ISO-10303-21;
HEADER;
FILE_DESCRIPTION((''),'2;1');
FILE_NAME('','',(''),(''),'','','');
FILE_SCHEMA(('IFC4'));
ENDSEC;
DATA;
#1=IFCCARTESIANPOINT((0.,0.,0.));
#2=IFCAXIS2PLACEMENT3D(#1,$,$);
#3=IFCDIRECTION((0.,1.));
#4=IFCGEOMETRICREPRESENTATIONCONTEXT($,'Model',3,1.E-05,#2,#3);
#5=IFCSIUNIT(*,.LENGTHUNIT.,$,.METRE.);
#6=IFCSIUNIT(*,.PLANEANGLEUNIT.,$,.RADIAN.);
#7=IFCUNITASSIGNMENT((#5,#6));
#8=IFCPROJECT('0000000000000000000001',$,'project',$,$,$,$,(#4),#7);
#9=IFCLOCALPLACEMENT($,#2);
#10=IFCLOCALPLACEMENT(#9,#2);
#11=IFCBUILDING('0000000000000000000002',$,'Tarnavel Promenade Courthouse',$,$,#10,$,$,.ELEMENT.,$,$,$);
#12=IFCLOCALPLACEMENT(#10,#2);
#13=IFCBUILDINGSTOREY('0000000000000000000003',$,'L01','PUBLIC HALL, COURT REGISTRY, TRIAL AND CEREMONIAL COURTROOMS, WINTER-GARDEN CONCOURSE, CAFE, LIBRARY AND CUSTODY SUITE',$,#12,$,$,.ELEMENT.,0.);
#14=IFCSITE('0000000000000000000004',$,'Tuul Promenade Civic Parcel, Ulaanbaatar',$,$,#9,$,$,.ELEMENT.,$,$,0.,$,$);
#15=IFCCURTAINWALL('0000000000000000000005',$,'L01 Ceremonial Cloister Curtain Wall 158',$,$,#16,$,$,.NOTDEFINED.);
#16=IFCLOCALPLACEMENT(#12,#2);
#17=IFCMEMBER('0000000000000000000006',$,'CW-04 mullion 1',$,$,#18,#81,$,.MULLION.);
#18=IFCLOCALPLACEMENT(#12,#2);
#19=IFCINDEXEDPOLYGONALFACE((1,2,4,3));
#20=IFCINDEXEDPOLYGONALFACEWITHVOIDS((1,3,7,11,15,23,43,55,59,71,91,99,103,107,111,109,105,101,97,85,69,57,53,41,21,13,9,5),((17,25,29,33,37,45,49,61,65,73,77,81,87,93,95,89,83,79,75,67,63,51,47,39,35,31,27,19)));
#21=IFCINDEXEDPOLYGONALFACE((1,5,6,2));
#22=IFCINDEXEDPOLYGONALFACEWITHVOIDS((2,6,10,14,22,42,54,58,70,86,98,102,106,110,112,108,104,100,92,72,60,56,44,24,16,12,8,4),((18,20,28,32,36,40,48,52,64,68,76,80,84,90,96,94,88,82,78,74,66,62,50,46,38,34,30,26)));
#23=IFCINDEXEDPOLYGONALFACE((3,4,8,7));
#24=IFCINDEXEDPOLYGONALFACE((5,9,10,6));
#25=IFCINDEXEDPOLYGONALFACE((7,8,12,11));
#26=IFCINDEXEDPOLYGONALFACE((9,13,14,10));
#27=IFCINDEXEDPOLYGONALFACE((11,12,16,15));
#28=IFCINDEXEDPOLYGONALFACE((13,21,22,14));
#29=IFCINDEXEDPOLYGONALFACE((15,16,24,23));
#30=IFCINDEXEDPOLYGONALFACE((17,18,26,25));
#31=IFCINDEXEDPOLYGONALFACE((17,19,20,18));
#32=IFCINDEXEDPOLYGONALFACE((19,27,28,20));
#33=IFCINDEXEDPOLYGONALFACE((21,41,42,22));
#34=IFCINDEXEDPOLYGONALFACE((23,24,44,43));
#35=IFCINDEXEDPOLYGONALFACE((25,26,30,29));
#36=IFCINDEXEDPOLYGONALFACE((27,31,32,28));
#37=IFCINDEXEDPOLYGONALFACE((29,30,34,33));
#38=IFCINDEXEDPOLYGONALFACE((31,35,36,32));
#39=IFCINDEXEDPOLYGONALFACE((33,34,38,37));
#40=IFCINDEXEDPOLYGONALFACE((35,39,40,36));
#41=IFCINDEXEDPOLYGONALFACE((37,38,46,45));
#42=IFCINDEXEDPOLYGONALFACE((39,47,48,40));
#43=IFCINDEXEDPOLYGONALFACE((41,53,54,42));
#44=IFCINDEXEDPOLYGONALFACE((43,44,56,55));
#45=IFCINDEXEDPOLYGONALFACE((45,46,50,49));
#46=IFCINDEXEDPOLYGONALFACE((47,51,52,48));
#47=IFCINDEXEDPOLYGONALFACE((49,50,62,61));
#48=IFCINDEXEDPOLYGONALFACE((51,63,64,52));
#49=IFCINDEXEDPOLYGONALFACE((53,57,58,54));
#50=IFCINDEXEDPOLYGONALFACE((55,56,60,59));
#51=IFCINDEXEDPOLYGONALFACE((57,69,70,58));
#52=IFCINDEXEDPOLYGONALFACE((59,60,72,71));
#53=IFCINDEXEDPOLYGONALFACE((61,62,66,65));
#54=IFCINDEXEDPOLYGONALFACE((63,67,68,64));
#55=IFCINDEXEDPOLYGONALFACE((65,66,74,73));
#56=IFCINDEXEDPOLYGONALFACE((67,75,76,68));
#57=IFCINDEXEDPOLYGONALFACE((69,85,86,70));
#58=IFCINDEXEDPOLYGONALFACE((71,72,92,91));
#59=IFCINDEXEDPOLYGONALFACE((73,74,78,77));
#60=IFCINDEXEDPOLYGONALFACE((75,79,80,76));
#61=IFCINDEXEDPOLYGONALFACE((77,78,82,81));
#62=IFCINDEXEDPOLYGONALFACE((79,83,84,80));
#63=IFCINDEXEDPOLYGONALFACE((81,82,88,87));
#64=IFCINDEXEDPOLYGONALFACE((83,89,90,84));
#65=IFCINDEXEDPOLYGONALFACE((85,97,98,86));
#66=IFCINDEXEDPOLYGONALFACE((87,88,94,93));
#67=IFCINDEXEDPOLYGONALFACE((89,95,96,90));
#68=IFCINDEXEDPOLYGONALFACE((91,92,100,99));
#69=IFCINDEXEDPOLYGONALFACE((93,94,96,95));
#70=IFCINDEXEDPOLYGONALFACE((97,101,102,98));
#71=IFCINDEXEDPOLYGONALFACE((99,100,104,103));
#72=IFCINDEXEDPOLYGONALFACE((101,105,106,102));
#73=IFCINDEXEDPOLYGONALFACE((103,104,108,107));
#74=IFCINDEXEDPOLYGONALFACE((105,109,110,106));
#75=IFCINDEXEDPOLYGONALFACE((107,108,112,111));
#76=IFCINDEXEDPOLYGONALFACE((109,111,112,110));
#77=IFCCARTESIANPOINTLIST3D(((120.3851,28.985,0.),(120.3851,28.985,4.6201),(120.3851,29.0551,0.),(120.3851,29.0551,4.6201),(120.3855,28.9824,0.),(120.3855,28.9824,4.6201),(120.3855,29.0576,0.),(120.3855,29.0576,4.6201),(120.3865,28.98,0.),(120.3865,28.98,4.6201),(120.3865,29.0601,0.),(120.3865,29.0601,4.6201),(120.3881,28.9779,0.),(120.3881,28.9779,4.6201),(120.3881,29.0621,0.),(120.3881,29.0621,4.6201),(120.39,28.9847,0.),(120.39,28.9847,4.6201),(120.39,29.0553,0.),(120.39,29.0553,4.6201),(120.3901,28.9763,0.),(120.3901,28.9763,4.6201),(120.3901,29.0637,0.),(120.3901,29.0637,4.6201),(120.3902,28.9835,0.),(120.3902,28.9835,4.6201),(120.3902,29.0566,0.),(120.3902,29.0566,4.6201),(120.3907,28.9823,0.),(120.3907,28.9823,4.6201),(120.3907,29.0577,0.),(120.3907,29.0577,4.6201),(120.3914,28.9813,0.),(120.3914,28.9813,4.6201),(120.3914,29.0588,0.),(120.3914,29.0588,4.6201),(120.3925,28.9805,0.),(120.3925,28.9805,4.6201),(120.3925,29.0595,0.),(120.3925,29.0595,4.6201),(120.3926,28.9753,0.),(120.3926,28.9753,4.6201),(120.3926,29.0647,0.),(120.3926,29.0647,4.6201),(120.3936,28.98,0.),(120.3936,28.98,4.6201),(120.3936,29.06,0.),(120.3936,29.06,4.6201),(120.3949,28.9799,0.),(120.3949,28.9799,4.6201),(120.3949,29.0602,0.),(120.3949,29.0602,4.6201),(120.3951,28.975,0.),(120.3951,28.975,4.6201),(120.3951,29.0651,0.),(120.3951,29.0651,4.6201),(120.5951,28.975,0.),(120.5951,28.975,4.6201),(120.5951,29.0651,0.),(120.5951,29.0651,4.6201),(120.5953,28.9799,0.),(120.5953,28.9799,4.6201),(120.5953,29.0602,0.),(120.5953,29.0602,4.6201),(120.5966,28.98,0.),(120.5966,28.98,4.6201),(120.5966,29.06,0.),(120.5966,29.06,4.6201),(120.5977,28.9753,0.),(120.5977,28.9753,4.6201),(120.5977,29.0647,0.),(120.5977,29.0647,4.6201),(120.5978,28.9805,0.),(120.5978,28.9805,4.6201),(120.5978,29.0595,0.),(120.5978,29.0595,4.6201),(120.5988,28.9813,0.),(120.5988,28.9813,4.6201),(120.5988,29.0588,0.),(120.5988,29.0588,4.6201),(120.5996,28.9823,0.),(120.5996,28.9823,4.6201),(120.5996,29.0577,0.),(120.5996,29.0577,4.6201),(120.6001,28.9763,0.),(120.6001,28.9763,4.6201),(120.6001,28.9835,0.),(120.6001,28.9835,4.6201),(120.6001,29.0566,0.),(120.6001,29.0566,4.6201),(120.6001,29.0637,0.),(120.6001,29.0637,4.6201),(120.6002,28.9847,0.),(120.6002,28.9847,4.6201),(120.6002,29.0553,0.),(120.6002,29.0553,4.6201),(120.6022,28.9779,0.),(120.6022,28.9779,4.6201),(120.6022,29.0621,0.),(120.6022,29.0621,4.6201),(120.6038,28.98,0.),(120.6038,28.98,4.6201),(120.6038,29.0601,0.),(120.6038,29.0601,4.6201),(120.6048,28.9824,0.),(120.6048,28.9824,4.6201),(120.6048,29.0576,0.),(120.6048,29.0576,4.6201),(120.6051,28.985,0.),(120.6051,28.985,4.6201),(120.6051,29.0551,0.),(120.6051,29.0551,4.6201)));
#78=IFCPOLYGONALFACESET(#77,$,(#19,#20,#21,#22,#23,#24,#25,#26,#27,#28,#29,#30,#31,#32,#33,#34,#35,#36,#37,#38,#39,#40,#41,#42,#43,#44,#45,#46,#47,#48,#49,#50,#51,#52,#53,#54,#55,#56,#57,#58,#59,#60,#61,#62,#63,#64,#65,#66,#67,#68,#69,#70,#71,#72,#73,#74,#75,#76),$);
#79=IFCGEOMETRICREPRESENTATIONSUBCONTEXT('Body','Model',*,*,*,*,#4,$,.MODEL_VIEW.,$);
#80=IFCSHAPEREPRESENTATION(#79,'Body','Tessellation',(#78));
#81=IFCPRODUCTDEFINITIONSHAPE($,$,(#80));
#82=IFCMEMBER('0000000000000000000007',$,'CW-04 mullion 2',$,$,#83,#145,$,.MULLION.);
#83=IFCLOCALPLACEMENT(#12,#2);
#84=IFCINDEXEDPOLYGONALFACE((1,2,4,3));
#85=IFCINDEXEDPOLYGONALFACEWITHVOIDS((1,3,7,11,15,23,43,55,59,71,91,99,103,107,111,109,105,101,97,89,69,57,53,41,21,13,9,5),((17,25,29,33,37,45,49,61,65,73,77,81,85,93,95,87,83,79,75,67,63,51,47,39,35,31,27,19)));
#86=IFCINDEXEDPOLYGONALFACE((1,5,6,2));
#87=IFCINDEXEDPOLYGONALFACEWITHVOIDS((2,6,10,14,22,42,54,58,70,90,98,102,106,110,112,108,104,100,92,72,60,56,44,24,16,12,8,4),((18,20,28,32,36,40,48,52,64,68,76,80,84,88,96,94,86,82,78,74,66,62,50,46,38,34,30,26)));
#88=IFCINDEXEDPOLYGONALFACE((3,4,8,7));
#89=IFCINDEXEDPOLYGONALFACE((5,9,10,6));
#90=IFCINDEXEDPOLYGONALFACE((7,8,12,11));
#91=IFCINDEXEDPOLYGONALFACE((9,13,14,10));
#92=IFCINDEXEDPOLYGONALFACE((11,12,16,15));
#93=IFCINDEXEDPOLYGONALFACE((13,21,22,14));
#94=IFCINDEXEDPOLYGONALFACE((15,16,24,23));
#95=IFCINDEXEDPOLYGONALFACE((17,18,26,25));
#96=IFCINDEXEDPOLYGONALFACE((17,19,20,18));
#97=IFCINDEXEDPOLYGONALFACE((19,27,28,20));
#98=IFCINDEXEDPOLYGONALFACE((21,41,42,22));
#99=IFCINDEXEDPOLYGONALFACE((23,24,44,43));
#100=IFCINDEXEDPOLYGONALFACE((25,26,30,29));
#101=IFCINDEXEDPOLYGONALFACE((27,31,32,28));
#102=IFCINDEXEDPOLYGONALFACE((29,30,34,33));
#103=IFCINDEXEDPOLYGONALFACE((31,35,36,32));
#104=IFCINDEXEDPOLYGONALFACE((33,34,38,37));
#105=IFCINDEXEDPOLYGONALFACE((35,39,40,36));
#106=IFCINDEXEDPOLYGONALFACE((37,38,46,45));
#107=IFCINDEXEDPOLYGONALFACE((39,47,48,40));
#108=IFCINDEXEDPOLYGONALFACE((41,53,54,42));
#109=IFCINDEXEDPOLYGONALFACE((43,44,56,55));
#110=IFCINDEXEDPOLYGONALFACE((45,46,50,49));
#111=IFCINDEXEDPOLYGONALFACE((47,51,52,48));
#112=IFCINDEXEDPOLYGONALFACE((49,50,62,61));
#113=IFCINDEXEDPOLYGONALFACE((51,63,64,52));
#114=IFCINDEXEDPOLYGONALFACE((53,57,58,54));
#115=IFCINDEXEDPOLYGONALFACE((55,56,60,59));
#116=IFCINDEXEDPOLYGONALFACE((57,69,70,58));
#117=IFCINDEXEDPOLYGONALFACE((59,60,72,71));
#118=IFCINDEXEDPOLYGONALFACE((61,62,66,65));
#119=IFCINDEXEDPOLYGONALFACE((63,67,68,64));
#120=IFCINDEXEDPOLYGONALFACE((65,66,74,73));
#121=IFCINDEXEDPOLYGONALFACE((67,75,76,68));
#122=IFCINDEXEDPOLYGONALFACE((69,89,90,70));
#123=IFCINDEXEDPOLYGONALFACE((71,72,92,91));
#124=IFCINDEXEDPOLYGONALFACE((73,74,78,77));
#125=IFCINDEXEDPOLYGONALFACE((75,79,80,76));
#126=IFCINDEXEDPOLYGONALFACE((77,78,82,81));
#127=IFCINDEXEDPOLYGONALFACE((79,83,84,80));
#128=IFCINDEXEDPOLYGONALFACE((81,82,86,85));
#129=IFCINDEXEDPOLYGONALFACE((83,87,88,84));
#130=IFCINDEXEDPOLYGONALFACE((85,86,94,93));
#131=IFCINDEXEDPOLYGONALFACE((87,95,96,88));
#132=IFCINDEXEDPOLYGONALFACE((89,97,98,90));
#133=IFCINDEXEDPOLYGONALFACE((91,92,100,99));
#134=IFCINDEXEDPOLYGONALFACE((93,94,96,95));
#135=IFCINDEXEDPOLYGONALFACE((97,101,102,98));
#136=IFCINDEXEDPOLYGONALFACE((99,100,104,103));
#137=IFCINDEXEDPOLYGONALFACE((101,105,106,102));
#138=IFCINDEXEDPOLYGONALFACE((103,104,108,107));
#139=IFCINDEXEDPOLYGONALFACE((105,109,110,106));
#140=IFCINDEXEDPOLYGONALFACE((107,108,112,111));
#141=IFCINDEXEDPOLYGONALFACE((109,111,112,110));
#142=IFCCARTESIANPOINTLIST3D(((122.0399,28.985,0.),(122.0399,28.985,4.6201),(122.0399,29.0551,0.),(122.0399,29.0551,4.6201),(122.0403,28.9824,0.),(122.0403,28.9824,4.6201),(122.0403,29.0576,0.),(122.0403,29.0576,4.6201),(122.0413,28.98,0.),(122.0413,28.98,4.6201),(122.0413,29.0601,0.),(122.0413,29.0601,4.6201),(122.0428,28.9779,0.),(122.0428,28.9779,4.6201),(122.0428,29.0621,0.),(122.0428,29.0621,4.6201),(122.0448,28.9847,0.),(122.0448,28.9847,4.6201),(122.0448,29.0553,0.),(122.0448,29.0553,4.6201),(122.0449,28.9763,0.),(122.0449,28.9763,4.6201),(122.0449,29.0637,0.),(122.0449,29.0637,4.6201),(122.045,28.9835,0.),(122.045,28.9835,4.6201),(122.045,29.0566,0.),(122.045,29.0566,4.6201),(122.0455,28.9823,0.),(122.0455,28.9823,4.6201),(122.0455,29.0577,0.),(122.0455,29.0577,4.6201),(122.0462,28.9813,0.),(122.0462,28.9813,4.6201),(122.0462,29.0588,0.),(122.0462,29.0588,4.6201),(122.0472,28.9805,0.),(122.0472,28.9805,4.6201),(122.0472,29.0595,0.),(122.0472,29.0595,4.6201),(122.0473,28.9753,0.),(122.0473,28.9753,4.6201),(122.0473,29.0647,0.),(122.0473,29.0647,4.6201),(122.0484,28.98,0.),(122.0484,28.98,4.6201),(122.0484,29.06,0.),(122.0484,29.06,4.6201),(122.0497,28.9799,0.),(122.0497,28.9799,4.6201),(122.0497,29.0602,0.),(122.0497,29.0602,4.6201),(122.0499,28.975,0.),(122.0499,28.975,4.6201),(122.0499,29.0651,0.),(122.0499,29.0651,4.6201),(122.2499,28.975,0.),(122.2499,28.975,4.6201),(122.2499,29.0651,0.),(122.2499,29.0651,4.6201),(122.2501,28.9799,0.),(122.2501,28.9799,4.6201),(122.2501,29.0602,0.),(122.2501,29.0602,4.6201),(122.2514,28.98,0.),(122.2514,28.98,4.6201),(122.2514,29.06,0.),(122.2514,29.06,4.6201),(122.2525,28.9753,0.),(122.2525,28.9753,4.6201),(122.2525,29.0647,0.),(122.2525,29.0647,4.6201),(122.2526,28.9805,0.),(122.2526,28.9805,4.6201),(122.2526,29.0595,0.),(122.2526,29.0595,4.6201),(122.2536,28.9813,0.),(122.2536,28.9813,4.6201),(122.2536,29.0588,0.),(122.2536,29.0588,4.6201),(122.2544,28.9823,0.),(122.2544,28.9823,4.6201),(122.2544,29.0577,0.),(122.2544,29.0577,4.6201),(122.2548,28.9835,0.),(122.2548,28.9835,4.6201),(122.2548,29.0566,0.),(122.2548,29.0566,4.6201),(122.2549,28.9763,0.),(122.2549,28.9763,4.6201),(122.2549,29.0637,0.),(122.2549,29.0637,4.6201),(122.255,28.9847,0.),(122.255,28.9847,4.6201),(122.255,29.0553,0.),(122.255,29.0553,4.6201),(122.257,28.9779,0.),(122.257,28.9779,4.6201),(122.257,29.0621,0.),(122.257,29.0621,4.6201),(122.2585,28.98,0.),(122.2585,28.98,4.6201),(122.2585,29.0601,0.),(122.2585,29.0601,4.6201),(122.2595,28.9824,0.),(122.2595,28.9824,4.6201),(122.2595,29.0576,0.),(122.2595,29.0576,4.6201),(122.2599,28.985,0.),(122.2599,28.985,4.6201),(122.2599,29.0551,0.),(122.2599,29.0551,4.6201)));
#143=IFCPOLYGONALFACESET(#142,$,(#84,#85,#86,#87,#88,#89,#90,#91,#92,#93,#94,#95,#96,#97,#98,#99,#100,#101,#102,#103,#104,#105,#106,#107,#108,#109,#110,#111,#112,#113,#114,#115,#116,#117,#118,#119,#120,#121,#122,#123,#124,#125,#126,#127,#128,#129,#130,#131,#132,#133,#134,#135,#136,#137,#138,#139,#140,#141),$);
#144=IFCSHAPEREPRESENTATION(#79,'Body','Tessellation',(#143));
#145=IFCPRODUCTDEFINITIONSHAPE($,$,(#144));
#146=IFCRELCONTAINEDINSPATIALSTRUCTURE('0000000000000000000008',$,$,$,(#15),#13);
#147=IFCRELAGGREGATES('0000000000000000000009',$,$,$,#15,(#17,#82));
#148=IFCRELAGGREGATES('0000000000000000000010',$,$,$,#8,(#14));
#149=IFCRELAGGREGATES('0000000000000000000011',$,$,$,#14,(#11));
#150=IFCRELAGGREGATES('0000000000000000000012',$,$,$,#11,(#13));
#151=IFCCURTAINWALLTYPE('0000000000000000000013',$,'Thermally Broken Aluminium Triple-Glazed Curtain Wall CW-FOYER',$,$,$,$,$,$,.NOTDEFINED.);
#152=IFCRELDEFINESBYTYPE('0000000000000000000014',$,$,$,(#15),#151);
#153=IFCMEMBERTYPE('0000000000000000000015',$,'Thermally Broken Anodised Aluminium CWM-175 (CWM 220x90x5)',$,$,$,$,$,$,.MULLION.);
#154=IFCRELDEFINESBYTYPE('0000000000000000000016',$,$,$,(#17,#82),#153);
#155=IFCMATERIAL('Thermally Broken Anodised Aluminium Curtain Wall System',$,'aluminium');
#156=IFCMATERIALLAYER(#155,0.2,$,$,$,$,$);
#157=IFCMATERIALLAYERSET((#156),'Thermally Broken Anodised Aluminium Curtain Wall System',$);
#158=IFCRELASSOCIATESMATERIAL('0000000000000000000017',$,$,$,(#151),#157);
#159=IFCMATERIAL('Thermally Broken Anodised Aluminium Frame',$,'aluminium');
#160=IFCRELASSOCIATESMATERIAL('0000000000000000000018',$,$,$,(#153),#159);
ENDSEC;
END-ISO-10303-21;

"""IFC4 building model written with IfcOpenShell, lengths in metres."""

from ifc_helpers import new_model, si_unit, direction, frame, origin, origin_2d, place, context, subcontext, project, spatial, hollow_rectangle, extrude, material, layer, layer_set, material_profile, profile_set, type_object, element, aggregate, save


model = new_model("IFC4")

# Units and contexts
model_context = context("Model", 3, precision=1e-05, world=origin(), true_north=direction((0.0, 1.0)))
body_context = subcontext(model_context, "Body", "Model", "MODEL_VIEW")
ifc_project = project(units=[si_unit("LENGTHUNIT", "METRE"), si_unit("PLANEANGLEUNIT", "RADIAN")], contexts=[model_context])

# Site, building, storey
site_placement = place(None, origin())
site = spatial("IfcSite", under=ifc_project, at=site_placement, Name="Tuul Promenade Civic Parcel, Ulaanbaatar", CompositionType="ELEMENT", RefElevation=0.0)
building_placement = place(site_placement, origin())
building = spatial("IfcBuilding", under=site, at=building_placement, Name="Tarnavel Promenade Courthouse", CompositionType="ELEMENT")
storey_placement = place(building_placement, origin())
storey = spatial("IfcBuildingStorey", under=building, at=storey_placement, Name="L01", Description="PUBLIC HALL, COURT REGISTRY, TRIAL AND CEREMONIAL COURTROOMS, WINTER-GARDEN CONCOURSE, CAFE, LIBRARY AND CUSTODY SUITE", CompositionType="ELEMENT", Elevation=0.0)

# Curtain wall, members
ifc_material_1 = material(Name="Thermally Broken Anodised Aluminium Curtain Wall System", Category="aluminium")
ifc_layer_1 = layer(ifc_material_1, 0.2)
ifc_layer_set_1 = layer_set([ifc_layer_1], Name="Thermally Broken Anodised Aluminium Curtain Wall System")
curtain_wall_type = type_object("IfcCurtainWallType", Name="Thermally Broken Aluminium Triple-Glazed Curtain Wall CW-FOYER", PredefinedType="NOTDEFINED", material=ifc_layer_set_1)
curtain_wall_placement = place(storey_placement, origin())
curtain_wall = element("IfcCurtainWall", 1, at=curtain_wall_placement, inside=storey, type_object=curtain_wall_type, Name="L01 Ceremonial Cloister Curtain Wall 158", PredefinedType="NOTDEFINED")
ifc_material_2 = material(Name="Thermally Broken Anodised Aluminium Frame", Category="aluminium")
ifc_material_profile_1 = material_profile(ifc_material_2, hollow_rectangle(XDim=0.0901, YDim=0.22, WallThickness=0.0049, InnerFilletRadius=0.0049, OuterFilletRadius=0.01, at=origin_2d()), Name="CWM 220x90x5")
ifc_profile_set_1 = profile_set([ifc_material_profile_1], Name="Thermally Broken Anodised Aluminium Frame")
member_type_1 = type_object("IfcMemberType", Name="Thermally Broken Anodised Aluminium CWM-175 (CWM 220x90x5)", PredefinedType="MULLION", material=ifc_profile_set_1)
member_1_placement = place(storey_placement, frame((120.4951, 29.02, 0.0), z_axis=(0.0, 0.0, 1.0), x_axis=(0.0, 1.0, 0.0)))
member_1 = element("IfcMember", 2, at=member_1_placement, type_object=member_type_1, Name="CW-04 mullion 1", PredefinedType="MULLION", context=body_context, shape_type="SweptSolid", body=[
    extrude(hollow_rectangle(XDim=0.0901, YDim=0.22, WallThickness=0.0049, InnerFilletRadius=0.0049, OuterFilletRadius=0.01, at=origin_2d()), origin(), (0.0, 0.0, 1.0), 4.6201),
])
member_2_placement = place(storey_placement, frame((122.1499, 29.02, 0.0), z_axis=(0.0, 0.0, 1.0), x_axis=(0.0, 1.0, 0.0)))
member_2 = element("IfcMember", 3, at=member_2_placement, type_object=member_type_1, Name="CW-04 mullion 2", PredefinedType="MULLION", context=body_context, shape_type="SweptSolid", body=[
    extrude(hollow_rectangle(XDim=0.0901, YDim=0.22, WallThickness=0.0049, InnerFilletRadius=0.0049, OuterFilletRadius=0.01, at=origin_2d()), origin(), (0.0, 0.0, 1.0), 4.6201),
])
aggregate(curtain_wall, [member_1, member_2])

save(model, "model.ifc")
